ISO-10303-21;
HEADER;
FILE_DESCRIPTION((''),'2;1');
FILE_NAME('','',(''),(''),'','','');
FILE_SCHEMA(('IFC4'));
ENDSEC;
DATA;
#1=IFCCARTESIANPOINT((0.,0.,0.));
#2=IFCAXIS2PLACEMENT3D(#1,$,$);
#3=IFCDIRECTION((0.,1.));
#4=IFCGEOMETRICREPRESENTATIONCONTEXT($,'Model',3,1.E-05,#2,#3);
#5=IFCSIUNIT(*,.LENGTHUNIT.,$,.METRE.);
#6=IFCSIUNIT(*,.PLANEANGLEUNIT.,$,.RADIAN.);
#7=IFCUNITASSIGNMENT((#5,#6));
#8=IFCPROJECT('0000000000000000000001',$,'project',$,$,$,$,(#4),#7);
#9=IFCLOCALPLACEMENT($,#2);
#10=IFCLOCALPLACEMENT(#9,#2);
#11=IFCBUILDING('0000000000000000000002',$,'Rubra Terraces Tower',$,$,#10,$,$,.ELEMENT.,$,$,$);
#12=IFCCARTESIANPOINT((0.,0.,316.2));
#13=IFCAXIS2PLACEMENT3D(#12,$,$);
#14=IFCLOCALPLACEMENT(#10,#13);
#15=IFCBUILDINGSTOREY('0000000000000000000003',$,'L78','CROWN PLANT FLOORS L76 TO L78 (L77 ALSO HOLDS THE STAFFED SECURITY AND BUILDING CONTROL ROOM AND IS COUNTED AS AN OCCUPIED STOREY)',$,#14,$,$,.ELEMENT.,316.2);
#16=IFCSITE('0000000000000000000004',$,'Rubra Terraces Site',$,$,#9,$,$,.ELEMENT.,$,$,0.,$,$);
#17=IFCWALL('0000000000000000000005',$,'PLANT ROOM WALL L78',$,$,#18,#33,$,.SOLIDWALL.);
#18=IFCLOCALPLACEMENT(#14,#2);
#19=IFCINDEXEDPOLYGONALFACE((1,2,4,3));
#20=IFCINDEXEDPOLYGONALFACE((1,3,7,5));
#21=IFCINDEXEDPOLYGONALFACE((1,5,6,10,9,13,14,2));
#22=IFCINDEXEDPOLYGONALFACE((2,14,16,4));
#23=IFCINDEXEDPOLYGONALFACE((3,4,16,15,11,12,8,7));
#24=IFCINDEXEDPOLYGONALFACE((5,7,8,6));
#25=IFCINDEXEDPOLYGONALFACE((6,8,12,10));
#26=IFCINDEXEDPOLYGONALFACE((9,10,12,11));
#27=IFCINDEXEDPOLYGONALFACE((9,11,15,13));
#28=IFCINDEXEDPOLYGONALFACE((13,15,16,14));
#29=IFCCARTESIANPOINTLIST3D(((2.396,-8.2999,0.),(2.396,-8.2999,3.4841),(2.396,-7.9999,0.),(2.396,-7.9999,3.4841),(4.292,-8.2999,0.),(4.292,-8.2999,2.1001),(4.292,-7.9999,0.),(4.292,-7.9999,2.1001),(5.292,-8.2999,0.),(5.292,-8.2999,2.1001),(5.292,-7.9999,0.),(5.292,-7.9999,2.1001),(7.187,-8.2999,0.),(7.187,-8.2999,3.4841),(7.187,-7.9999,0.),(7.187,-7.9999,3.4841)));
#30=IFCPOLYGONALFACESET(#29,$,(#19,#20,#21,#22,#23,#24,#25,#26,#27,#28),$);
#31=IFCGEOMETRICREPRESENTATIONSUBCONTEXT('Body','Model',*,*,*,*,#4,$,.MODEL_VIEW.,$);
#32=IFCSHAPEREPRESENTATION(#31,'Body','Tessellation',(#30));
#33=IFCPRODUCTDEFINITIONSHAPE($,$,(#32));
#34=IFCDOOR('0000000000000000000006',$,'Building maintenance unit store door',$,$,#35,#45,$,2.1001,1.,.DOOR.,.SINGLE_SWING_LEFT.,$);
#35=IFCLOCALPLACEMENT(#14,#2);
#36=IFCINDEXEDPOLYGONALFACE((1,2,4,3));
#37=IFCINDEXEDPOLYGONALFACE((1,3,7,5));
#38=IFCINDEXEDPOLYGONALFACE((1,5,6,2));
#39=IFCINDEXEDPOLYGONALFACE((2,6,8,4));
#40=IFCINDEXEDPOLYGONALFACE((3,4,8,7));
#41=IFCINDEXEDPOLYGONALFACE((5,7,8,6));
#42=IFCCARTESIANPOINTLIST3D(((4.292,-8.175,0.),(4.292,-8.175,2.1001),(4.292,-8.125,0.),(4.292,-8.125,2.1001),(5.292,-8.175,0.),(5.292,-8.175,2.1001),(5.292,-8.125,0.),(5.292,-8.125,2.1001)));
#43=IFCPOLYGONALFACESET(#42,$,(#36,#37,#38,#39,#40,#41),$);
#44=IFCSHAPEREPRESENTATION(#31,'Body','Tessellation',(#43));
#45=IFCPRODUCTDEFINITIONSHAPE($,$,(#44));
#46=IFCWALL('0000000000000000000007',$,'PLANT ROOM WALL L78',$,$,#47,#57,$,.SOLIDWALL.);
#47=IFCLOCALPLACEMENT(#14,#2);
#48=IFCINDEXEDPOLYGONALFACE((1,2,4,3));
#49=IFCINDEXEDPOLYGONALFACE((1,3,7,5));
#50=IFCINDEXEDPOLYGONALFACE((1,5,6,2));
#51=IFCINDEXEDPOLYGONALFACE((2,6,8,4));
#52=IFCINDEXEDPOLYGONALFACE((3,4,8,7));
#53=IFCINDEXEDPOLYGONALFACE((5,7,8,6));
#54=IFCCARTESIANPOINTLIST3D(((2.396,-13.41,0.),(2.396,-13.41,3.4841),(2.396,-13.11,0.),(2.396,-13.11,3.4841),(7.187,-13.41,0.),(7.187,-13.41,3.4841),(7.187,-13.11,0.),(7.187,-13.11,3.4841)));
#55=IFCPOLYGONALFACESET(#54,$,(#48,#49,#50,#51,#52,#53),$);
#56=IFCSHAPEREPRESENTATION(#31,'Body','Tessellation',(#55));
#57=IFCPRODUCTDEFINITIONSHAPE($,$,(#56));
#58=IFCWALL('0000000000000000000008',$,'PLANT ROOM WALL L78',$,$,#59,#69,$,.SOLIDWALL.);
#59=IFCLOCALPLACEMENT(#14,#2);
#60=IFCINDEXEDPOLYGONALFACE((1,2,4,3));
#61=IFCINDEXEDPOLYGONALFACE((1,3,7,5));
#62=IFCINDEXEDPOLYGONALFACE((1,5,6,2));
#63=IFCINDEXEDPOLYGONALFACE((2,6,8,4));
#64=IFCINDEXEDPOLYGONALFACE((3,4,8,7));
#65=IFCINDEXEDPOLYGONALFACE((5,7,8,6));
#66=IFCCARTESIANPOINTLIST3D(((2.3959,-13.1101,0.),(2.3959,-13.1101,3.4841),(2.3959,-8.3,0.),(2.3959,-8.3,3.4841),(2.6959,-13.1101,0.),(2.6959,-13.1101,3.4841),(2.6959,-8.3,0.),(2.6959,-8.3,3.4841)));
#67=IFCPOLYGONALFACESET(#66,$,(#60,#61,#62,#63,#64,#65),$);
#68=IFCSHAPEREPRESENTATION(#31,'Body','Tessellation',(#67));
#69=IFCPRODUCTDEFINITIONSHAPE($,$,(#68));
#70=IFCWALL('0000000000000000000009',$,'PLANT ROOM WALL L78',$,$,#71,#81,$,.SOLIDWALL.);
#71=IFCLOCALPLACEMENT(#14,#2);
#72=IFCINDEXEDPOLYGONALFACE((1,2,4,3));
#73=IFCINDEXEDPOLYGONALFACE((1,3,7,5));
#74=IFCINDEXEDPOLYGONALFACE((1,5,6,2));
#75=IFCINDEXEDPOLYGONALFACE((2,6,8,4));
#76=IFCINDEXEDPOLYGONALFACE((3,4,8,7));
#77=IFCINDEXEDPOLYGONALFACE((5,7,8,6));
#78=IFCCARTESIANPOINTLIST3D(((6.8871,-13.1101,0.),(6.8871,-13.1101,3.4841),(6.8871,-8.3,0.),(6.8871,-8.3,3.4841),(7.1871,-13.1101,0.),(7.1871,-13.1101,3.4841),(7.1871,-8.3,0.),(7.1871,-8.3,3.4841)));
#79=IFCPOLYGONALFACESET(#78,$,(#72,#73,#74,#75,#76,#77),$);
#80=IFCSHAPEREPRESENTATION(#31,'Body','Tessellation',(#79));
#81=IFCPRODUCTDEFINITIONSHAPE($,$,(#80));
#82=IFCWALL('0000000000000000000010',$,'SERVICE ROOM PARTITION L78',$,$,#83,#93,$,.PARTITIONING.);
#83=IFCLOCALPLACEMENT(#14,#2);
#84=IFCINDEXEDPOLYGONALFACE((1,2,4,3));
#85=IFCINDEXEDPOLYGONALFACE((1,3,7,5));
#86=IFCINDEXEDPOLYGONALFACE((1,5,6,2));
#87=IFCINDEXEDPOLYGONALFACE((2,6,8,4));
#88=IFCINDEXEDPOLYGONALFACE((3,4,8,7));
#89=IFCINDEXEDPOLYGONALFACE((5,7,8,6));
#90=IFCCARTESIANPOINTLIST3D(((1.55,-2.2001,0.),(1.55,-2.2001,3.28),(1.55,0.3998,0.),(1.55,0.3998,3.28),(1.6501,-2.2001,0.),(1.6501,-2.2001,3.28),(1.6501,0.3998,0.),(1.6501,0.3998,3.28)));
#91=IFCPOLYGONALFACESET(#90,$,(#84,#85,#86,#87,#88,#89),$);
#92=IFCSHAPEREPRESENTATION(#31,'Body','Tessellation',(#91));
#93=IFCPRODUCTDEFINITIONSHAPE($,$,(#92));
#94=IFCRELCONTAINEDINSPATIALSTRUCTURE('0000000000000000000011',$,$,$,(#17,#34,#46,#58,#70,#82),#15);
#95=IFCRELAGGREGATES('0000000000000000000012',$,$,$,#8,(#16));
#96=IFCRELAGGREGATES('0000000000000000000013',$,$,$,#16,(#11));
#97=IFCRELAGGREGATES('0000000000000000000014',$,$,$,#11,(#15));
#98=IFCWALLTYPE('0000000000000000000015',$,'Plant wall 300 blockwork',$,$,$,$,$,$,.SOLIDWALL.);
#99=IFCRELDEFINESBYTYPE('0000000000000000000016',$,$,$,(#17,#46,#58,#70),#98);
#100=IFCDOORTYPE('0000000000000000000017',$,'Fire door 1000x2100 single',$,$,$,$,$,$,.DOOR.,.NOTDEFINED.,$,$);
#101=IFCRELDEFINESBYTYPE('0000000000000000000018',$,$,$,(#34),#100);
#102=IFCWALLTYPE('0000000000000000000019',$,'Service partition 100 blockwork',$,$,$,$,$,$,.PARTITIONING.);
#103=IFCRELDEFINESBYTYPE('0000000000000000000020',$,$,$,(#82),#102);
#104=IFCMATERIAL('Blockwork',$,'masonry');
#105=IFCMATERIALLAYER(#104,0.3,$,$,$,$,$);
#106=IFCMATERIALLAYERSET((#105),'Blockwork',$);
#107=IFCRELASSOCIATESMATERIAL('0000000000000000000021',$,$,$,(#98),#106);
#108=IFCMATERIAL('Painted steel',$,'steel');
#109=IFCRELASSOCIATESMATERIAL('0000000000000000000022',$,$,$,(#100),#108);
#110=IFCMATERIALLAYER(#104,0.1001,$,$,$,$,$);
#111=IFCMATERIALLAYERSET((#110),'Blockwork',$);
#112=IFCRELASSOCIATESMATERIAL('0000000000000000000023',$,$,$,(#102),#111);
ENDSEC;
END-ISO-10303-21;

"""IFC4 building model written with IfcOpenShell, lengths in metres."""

from ifc_helpers import new_model, si_unit, direction, frame, frame_2d, origin, place, context, subcontext, project, spatial, rectangle, extrude, material, layer, layer_set, type_object, element, fill, save


model = new_model("IFC4")

# Units and contexts
model_context = context("Model", 3, precision=1e-05, world=origin(), true_north=direction((0.0, 1.0)))
body_context = subcontext(model_context, "Body", "Model", "MODEL_VIEW")
ifc_project = project(units=[si_unit("LENGTHUNIT", "METRE"), si_unit("PLANEANGLEUNIT", "RADIAN")], contexts=[model_context])

# Site, building, storey
site_placement = place(None, origin())
site = spatial("IfcSite", under=ifc_project, at=site_placement, Name="Rubra Terraces Site", CompositionType="ELEMENT", RefElevation=0.0)
building_placement = place(site_placement, origin())
building = spatial("IfcBuilding", under=site, at=building_placement, Name="Rubra Terraces Tower", CompositionType="ELEMENT")
storey_placement = place(building_placement, frame((0.0, 0.0, 316.2)))
storey = spatial("IfcBuildingStorey", under=building, at=storey_placement, Name="L78", Description="CROWN PLANT FLOORS L76 TO L78 (L77 ALSO HOLDS THE STAFFED SECURITY AND BUILDING CONTROL ROOM AND IS COUNTED AS AN OCCUPIED STOREY)", CompositionType="ELEMENT", Elevation=316.2)

# Shared definitions
ifc_material_1 = material(Name="Blockwork", Category="masonry")
ifc_layer_1 = layer(ifc_material_1, 0.3)
ifc_layer_set_1 = layer_set([ifc_layer_1], Name="Blockwork")
wall_type_1 = type_object("IfcWallType", Name="Plant wall 300 blockwork", PredefinedType="SOLIDWALL", material=ifc_layer_set_1)

# Wall, opening, door
wall_1_placement = place(storey_placement, frame((2.396, -8.1499, 0.0), z_axis=(0.0, 0.0, 1.0), x_axis=(1.0, 0.0, 0.0)))
wall_1 = element("IfcWall", 1, at=wall_1_placement, inside=storey, type_object=wall_type_1, Name="PLANT ROOM WALL L78", PredefinedType="SOLIDWALL", context=body_context, shape_type="SweptSolid", body=[
    extrude(rectangle(XDim=4.791, YDim=0.3, at=frame_2d((2.3955, 0.0))), origin(), (0.0, 0.0, 1.0), 3.4841),
])
opening_placement = place(wall_1_placement, frame((1.896, 0.0, 0.0)))
opening = element("IfcOpeningElement", 2, at=opening_placement, cuts=wall_1, PredefinedType="OPENING", context=body_context, shape_type="SweptSolid", body=[
    extrude(rectangle(XDim=1.0, YDim=2.1001, at=frame_2d((0.5, 1.05))), frame((0.0, 0.1599, 0.0), z_axis=(0.0, -1.0, 0.0), x_axis=(1.0, 0.0, 0.0)), (0.0, 0.0, 1.0), 0.3201),
])
ifc_material_2 = material(Name="Painted steel", Category="steel")
door_type = type_object("IfcDoorType", Name="Fire door 1000x2100 single", OperationType="NOTDEFINED", PredefinedType="DOOR", material=ifc_material_2)
door_placement = place(opening_placement, origin())
door = element("IfcDoor", 3, at=door_placement, inside=storey, type_object=door_type, Name="Building maintenance unit store door", OperationType="SINGLE_SWING_LEFT", OverallHeight=2.1001, OverallWidth=1.0, PredefinedType="DOOR", context=body_context, shape_type="SweptSolid", body=[
    extrude(rectangle(XDim=1.0, YDim=2.1001, at=frame_2d((0.5, 1.05))), frame((0.0, 0.0249, 0.0), z_axis=(0.0, -1.0, 0.0), x_axis=(1.0, 0.0, 0.0)), (0.0, 0.0, 1.0), 0.05),
])
fill(opening, door)

# Walls
wall_2_placement = place(storey_placement, frame((2.396, -13.26, 0.0), z_axis=(0.0, 0.0, 1.0), x_axis=(1.0, 0.0, 0.0)))
element("IfcWall", 4, at=wall_2_placement, inside=storey, type_object=wall_type_1, Name="PLANT ROOM WALL L78", PredefinedType="SOLIDWALL", context=body_context, shape_type="SweptSolid", body=[
    extrude(rectangle(XDim=4.791, YDim=0.3, at=frame_2d((2.3955, 0.0))), origin(), (0.0, 0.0, 1.0), 3.4841),
])
for number, where, z_axis, x_axis, name in (
    (5, (2.5459, -13.1101, 0.0), (0.0, 0.0, 1.0), (0.0, 1.0, 0.0), "PLANT ROOM WALL L78"),
    (6, (7.0371, -13.1101, 0.0), (0.0, 0.0, 1.0), (0.0, 1.0, 0.0), "PLANT ROOM WALL L78"),
):
    element("IfcWall", number, at=place(storey_placement, frame(where, z_axis=z_axis, x_axis=x_axis)), inside=storey, type_object=wall_type_1, Name=name, PredefinedType="SOLIDWALL", context=body_context, shape_type="SweptSolid", body=[
        extrude(rectangle(XDim=4.8101, YDim=0.3, at=frame_2d((2.405, 0.0))), origin(), (0.0, 0.0, 1.0), 3.4841),
    ])
ifc_layer_2 = layer(ifc_material_1, 0.1001)
ifc_layer_set_2 = layer_set([ifc_layer_2], Name="Blockwork")
wall_type_2 = type_object("IfcWallType", Name="Service partition 100 blockwork", PredefinedType="PARTITIONING", material=ifc_layer_set_2)
wall_3_placement = place(storey_placement, frame((1.6001, -2.2, 0.0), z_axis=(0.0, 0.0, 1.0), x_axis=(0.0, 1.0, 0.0)))
element("IfcWall", 7, at=wall_3_placement, inside=storey, type_object=wall_type_2, Name="SERVICE ROOM PARTITION L78", PredefinedType="PARTITIONING", context=body_context, shape_type="SweptSolid", body=[
    extrude(rectangle(XDim=2.5999, YDim=0.1001, at=frame_2d((1.2998, 0.0))), origin(), (0.0, 0.0, 1.0), 3.28),
])

save(model, "model.ifc")
